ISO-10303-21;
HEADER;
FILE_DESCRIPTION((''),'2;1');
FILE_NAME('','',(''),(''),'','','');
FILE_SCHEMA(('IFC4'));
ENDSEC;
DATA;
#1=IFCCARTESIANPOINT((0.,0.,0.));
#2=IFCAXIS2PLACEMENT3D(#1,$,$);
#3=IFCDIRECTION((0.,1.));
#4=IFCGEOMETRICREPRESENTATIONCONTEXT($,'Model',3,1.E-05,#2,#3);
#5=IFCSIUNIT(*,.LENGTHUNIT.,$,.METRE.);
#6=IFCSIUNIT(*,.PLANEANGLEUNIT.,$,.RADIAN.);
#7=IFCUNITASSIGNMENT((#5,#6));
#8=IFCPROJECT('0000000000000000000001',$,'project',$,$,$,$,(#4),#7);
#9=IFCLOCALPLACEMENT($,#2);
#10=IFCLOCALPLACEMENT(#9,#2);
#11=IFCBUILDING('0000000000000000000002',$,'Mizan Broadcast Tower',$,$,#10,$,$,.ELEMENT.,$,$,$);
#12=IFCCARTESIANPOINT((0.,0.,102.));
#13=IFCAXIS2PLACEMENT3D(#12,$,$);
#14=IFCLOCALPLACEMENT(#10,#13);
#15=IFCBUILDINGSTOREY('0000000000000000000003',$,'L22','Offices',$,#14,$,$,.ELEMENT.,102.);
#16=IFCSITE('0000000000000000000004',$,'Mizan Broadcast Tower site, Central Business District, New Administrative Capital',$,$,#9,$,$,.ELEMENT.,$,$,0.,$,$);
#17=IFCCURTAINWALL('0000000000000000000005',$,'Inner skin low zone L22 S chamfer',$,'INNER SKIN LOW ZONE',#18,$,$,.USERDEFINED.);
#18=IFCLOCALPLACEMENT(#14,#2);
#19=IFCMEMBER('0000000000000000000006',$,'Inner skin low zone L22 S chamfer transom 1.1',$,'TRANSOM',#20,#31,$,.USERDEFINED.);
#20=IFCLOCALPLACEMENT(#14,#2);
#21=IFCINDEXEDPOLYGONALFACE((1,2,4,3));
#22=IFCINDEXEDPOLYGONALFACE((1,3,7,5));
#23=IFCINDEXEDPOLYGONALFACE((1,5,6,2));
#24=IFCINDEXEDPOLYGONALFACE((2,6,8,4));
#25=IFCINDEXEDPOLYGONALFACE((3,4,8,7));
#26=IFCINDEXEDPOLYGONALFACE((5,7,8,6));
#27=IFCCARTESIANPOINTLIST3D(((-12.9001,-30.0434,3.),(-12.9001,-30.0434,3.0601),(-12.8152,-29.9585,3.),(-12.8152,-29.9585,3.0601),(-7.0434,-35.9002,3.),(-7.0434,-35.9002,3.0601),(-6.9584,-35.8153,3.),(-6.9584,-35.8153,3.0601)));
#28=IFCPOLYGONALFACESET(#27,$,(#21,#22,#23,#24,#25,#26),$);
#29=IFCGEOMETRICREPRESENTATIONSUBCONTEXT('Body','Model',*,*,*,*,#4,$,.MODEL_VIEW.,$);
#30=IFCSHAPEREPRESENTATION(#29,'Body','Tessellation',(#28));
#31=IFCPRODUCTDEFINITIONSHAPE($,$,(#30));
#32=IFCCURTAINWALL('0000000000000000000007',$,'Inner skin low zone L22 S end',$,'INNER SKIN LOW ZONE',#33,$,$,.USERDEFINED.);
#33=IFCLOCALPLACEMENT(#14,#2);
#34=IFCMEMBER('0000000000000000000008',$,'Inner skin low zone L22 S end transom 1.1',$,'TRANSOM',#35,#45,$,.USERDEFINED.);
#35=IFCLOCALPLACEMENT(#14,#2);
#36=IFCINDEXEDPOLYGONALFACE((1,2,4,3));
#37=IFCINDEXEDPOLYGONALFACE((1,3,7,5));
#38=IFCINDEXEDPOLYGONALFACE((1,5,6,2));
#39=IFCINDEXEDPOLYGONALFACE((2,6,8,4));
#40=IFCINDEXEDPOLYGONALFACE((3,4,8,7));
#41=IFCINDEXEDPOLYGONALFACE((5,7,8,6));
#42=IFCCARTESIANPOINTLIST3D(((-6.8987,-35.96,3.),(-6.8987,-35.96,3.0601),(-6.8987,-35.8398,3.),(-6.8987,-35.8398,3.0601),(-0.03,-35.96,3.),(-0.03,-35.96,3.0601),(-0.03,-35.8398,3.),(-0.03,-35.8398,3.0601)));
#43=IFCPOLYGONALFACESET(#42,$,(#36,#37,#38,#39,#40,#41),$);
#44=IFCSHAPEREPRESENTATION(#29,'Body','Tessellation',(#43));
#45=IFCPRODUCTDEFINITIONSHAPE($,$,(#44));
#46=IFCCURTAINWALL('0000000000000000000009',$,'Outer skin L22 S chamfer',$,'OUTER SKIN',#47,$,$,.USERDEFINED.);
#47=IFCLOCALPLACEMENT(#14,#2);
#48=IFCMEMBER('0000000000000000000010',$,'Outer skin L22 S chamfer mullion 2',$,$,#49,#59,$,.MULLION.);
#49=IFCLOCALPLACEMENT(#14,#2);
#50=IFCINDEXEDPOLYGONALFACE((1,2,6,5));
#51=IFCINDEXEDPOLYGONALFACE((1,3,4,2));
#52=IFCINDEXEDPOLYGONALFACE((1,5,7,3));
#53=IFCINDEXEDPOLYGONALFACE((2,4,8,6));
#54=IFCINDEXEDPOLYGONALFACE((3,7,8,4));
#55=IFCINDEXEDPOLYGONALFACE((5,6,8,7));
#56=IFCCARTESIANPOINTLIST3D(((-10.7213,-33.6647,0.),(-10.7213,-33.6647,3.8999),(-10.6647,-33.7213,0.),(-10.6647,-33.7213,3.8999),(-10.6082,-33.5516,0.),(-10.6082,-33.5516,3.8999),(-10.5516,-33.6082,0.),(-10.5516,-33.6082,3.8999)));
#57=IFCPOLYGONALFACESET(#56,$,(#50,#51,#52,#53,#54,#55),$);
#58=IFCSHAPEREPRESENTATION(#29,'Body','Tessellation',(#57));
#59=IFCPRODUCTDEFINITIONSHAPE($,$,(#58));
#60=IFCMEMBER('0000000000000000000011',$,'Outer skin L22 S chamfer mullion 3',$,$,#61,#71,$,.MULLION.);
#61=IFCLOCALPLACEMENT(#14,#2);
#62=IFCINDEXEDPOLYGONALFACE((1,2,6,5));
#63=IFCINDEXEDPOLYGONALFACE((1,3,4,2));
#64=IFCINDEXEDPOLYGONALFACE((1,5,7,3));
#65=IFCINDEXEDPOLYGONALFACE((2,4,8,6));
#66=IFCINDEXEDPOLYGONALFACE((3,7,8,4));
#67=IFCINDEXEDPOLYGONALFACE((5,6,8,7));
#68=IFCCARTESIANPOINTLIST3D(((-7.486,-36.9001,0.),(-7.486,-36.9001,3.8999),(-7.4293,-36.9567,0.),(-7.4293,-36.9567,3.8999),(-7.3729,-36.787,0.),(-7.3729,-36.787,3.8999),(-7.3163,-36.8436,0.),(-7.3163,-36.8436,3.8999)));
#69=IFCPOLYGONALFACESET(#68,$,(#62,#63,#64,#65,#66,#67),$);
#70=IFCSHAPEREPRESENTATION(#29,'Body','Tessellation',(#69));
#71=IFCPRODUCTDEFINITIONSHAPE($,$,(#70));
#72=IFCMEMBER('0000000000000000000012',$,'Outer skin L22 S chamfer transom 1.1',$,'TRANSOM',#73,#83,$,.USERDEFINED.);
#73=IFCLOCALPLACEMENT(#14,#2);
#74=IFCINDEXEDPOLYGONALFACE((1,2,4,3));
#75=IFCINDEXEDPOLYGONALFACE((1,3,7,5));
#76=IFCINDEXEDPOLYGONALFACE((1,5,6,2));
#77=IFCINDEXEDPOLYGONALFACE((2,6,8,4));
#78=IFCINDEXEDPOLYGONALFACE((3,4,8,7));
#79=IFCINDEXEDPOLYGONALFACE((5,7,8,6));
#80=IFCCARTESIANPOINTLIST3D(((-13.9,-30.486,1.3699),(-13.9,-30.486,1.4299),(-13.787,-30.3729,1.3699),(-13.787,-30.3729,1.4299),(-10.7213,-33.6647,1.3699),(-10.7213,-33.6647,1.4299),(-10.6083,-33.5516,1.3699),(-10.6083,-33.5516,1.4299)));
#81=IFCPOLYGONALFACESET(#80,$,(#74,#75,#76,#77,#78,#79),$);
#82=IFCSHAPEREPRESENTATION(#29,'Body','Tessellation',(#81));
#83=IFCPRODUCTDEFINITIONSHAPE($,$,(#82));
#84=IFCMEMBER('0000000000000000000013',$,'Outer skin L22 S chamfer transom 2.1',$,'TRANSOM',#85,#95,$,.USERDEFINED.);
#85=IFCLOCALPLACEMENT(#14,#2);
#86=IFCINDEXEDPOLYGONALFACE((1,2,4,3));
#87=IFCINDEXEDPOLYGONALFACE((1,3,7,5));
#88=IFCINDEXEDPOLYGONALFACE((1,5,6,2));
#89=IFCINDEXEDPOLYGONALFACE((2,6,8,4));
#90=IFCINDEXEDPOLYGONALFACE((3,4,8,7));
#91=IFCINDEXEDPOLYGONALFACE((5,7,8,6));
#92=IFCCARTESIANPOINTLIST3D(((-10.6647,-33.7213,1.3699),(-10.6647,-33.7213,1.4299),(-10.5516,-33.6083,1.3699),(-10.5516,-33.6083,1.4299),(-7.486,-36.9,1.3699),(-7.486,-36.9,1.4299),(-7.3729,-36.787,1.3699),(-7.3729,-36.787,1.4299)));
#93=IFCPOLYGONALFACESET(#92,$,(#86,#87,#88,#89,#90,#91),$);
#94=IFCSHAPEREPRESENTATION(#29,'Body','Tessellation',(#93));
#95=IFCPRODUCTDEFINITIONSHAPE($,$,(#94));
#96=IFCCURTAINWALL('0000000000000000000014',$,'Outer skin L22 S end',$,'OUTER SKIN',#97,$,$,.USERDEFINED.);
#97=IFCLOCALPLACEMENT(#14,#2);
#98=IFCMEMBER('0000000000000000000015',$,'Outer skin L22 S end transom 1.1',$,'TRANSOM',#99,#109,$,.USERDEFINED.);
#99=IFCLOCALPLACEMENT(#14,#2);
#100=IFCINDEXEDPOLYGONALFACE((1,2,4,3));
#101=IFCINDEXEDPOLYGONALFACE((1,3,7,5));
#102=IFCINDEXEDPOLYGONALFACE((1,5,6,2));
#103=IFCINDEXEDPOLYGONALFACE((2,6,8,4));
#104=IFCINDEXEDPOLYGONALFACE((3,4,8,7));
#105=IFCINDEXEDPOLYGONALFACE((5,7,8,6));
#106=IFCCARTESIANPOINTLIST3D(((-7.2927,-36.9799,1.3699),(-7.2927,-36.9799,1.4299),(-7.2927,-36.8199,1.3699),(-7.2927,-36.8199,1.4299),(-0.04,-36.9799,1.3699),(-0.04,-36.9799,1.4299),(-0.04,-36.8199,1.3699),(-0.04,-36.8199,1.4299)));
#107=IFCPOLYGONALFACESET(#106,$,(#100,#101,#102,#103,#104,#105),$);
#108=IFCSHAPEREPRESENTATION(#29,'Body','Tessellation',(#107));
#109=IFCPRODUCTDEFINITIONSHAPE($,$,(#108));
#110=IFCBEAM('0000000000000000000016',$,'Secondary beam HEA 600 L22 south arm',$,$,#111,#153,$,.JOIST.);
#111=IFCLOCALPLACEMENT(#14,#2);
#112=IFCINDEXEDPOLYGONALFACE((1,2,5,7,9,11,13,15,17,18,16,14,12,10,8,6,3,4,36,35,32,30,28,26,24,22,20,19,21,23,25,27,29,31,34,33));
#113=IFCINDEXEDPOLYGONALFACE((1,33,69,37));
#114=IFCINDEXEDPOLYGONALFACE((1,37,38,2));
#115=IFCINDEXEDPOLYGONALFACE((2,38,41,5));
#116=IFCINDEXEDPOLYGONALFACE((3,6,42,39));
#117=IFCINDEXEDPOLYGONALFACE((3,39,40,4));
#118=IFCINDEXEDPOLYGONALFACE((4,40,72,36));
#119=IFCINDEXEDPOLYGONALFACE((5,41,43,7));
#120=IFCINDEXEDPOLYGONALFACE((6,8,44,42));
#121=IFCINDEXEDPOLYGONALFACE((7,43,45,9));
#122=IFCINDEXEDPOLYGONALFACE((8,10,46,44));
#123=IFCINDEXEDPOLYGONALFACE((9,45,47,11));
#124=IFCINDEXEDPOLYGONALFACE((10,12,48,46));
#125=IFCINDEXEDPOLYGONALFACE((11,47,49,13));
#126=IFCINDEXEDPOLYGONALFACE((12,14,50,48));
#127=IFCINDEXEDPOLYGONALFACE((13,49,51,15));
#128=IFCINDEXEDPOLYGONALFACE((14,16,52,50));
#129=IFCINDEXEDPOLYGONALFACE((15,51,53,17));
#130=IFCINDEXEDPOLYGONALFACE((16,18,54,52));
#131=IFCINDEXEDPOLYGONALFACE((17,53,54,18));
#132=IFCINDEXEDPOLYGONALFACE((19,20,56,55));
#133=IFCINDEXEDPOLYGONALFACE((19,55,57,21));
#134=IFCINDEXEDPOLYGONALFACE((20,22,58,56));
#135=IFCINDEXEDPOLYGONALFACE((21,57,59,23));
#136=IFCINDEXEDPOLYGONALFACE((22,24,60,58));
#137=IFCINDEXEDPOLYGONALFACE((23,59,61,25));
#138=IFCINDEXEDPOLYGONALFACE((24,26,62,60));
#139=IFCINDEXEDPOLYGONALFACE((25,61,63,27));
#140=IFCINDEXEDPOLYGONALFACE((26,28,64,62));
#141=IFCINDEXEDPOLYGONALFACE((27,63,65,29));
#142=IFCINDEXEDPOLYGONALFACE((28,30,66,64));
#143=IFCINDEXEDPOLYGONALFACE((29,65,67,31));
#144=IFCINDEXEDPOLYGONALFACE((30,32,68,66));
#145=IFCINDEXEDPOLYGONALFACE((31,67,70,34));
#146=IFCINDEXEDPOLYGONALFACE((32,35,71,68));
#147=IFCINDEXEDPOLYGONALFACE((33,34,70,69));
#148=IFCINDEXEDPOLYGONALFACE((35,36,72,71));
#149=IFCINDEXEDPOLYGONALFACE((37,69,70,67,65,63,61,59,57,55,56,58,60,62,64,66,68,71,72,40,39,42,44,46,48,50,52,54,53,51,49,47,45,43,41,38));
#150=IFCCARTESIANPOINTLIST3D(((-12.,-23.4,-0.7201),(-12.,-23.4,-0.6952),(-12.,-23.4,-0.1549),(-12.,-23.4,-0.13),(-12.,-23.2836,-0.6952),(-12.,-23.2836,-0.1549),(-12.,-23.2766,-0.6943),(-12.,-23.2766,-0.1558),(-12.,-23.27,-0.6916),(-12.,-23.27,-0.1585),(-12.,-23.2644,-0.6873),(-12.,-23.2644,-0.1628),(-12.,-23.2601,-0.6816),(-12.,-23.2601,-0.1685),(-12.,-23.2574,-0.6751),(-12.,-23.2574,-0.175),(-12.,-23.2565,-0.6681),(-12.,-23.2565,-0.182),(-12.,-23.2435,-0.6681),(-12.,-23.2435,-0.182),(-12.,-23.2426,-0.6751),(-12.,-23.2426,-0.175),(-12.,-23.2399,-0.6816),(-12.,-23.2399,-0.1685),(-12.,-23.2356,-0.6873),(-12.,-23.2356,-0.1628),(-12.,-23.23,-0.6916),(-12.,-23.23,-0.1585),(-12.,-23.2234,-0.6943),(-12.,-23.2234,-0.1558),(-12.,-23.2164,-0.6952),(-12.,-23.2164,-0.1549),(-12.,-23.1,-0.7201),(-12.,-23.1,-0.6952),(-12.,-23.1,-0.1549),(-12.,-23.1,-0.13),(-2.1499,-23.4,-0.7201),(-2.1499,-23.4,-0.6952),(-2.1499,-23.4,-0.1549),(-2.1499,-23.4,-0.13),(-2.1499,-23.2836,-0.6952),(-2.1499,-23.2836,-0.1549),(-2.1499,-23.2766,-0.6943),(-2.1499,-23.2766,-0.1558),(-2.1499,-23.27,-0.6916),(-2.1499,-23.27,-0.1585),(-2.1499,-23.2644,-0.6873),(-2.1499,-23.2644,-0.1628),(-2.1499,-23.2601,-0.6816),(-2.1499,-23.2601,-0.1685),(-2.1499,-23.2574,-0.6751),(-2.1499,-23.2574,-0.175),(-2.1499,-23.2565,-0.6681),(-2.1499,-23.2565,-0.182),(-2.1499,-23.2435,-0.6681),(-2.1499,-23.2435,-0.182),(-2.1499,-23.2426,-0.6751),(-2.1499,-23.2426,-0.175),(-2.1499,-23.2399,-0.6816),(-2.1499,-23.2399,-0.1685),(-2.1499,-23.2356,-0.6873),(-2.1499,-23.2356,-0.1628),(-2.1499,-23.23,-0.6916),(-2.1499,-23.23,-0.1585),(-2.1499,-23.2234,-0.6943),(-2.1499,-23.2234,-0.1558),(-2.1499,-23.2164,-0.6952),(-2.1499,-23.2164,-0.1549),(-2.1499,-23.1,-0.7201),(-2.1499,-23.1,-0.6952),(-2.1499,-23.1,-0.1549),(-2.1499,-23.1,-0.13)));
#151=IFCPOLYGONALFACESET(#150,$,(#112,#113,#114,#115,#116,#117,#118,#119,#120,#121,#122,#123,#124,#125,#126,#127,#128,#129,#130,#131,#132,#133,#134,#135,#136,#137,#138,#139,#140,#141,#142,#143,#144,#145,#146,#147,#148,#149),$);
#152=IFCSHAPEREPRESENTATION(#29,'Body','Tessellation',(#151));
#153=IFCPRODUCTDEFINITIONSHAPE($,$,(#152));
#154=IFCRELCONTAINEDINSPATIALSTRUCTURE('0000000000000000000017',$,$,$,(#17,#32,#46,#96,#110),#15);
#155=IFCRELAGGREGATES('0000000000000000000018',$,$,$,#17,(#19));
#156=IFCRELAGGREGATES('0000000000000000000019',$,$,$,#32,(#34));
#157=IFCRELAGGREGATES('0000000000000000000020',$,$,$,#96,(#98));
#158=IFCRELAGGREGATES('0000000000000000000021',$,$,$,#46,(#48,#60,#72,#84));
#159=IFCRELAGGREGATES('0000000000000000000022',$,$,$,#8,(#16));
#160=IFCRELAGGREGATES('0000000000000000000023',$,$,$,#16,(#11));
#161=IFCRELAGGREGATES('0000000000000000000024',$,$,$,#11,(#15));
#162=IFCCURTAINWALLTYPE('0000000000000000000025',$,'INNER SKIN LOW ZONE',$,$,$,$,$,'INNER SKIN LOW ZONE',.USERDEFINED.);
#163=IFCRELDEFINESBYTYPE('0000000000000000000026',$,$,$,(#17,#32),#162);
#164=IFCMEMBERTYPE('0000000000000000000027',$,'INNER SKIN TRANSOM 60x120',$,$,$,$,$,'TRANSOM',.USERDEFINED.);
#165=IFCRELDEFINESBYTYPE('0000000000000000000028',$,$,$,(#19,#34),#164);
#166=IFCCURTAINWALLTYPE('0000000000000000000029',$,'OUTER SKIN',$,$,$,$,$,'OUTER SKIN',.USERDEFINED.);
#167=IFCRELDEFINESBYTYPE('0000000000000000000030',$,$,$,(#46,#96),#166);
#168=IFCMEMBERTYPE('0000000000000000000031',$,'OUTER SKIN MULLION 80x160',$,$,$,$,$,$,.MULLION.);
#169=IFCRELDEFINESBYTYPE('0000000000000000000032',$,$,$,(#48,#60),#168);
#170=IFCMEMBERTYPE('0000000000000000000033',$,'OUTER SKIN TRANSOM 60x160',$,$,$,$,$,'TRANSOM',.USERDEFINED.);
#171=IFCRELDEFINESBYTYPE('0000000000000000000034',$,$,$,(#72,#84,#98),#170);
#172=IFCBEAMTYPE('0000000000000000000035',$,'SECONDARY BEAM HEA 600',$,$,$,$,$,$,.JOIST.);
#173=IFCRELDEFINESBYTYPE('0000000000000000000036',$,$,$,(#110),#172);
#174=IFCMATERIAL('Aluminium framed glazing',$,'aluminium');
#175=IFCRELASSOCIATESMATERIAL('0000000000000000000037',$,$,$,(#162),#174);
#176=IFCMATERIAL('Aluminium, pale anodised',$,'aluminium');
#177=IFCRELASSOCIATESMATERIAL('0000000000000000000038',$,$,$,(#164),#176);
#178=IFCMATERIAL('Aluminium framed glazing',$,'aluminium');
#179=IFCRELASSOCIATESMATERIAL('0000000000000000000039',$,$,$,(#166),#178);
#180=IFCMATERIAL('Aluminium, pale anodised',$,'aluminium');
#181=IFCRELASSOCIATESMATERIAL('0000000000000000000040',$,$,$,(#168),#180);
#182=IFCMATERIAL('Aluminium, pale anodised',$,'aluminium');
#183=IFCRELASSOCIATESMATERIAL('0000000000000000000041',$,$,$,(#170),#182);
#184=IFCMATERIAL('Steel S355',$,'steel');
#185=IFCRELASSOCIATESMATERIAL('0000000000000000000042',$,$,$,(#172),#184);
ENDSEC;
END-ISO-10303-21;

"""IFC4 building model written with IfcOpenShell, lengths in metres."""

from ifc_helpers import new_model, si_unit, direction, frame, origin, origin_2d, place, context, subcontext, project, spatial, rectangle, i_section, extrude, material, material_profile, profile_set, type_object, element, aggregate, save


model = new_model("IFC4")

# Units and contexts
model_context = context("Model", 3, precision=1e-05, world=origin(), true_north=direction((0.0, 1.0)))
body_context = subcontext(model_context, "Body", "Model", "MODEL_VIEW")
ifc_project = project(units=[si_unit("LENGTHUNIT", "METRE"), si_unit("PLANEANGLEUNIT", "RADIAN")], contexts=[model_context])

# Site, building, storey
site_placement = place(None, origin())
site = spatial("IfcSite", under=ifc_project, at=site_placement, Name="Mizan Broadcast Tower site, Central Business District, New Administrative Capital", CompositionType="ELEMENT", RefElevation=0.0)
building_placement = place(site_placement, origin())
building = spatial("IfcBuilding", under=site, at=building_placement, Name="Mizan Broadcast Tower", CompositionType="ELEMENT")
storey_placement = place(building_placement, frame((0.0, 0.0, 102.0)))
storey = spatial("IfcBuildingStorey", under=building, at=storey_placement, Name="L22", Description="Offices", CompositionType="ELEMENT", Elevation=102.0)

# Shared definitions
ifc_material_1 = material(Name="Aluminium framed glazing", Category="aluminium")
curtain_wall_type_1 = type_object("IfcCurtainWallType", Name="INNER SKIN LOW ZONE", ElementType="INNER SKIN LOW ZONE", PredefinedType="USERDEFINED", material=ifc_material_1)

# Curtain wall
curtain_wall_1_placement = place(storey_placement, origin())
curtain_wall_1 = element("IfcCurtainWall", 1, at=curtain_wall_1_placement, inside=storey, type_object=curtain_wall_type_1, Name="Inner skin low zone L22 S chamfer", ObjectType="INNER SKIN LOW ZONE", PredefinedType="USERDEFINED")

# Member
ifc_material_2 = material(Name="Aluminium, pale anodised", Category="aluminium")
ifc_material_profile_1 = material_profile(ifc_material_2, rectangle(XDim=0.1201, YDim=0.0601, at=origin_2d()), Name="TRANSOM 120x60")
ifc_profile_set_1 = profile_set([ifc_material_profile_1], Name="Aluminium, pale anodised")
member_type_1 = type_object("IfcMemberType", Name="INNER SKIN TRANSOM 60x120", ElementType="TRANSOM", PredefinedType="USERDEFINED", material=ifc_profile_set_1)
member_1_placement = place(storey_placement, frame((-12.8577, -30.001, 3.03), z_axis=(0.707107, -0.707107, 0.0), x_axis=(0.707107, 0.707107, 0.0)))
member_1 = element("IfcMember", 2, at=member_1_placement, type_object=member_type_1, Name="Inner skin low zone L22 S chamfer transom 1.1", ObjectType="TRANSOM", PredefinedType="USERDEFINED", context=body_context, shape_type="SweptSolid", body=[
    extrude(rectangle(XDim=0.1201, YDim=0.0601, at=origin_2d()), origin(), (0.0, 0.0, 1.0), 8.2827),
])

# Curtain wall, member
curtain_wall_2_placement = place(storey_placement, origin())
curtain_wall_2 = element("IfcCurtainWall", 3, at=curtain_wall_2_placement, inside=storey, type_object=curtain_wall_type_1, Name="Inner skin low zone L22 S end", ObjectType="INNER SKIN LOW ZONE", PredefinedType="USERDEFINED")
member_2_placement = place(storey_placement, frame((-6.8987, -35.8999, 3.03), z_axis=(1.0, 0.0, 0.0), x_axis=(0.0, 1.0, 0.0)))
member_2 = element("IfcMember", 4, at=member_2_placement, type_object=member_type_1, Name="Inner skin low zone L22 S end transom 1.1", ObjectType="TRANSOM", PredefinedType="USERDEFINED", context=body_context, shape_type="SweptSolid", body=[
    extrude(rectangle(XDim=0.1201, YDim=0.0601, at=origin_2d()), origin(), (0.0, 0.0, 1.0), 6.8687),
])

# Curtain wall, members
ifc_material_3 = material(Name="Aluminium framed glazing", Category="aluminium")
curtain_wall_type_2 = type_object("IfcCurtainWallType", Name="OUTER SKIN", ElementType="OUTER SKIN", PredefinedType="USERDEFINED", material=ifc_material_3)
curtain_wall_3_placement = place(storey_placement, origin())
curtain_wall_3 = element("IfcCurtainWall", 5, at=curtain_wall_3_placement, inside=storey, type_object=curtain_wall_type_2, Name="Outer skin L22 S chamfer", ObjectType="OUTER SKIN", PredefinedType="USERDEFINED")
ifc_material_4 = material(Name="Aluminium, pale anodised", Category="aluminium")
ifc_material_profile_2 = material_profile(ifc_material_4, rectangle(XDim=0.1599, YDim=0.0801, at=origin_2d()), Name="MULLION 160x80")
ifc_profile_set_2 = profile_set([ifc_material_profile_2], Name="Aluminium, pale anodised")
member_type_2 = type_object("IfcMemberType", Name="OUTER SKIN MULLION 80x160", PredefinedType="MULLION", material=ifc_profile_set_2)
member_3_placement = place(storey_placement, frame((-10.6365, -33.6365, 0.0), z_axis=(0.0, 0.0, 1.0), x_axis=(0.707107, 0.707107, 0.0)))
member_3 = element("IfcMember", 6, at=member_3_placement, type_object=member_type_2, Name="Outer skin L22 S chamfer mullion 2", PredefinedType="MULLION", context=body_context, shape_type="SweptSolid", body=[
    extrude(rectangle(XDim=0.1599, YDim=0.0801, at=origin_2d()), origin(), (0.0, 0.0, 1.0), 3.8999),
])
member_4_placement = place(storey_placement, frame((-7.4011, -36.8718, 0.0), z_axis=(0.0, 0.0, 1.0), x_axis=(0.707107, 0.707107, 0.0)))
member_4 = element("IfcMember", 7, at=member_4_placement, type_object=member_type_2, Name="Outer skin L22 S chamfer mullion 3", PredefinedType="MULLION", context=body_context, shape_type="SweptSolid", body=[
    extrude(rectangle(XDim=0.1599, YDim=0.0801, at=origin_2d()), origin(), (0.0, 0.0, 1.0), 3.8999),
])
ifc_material_5 = material(Name="Aluminium, pale anodised", Category="aluminium")
ifc_material_profile_3 = material_profile(ifc_material_5, rectangle(XDim=0.1599, YDim=0.0601, at=origin_2d()), Name="TRANSOM 160x60")
ifc_profile_set_3 = profile_set([ifc_material_profile_3], Name="Aluminium, pale anodised")
member_type_3 = type_object("IfcMemberType", Name="OUTER SKIN TRANSOM 60x160", ElementType="TRANSOM", PredefinedType="USERDEFINED", material=ifc_profile_set_3)
member_5_placement = place(storey_placement, frame((-13.8435, -30.4294, 1.3999), z_axis=(0.707107, -0.707107, 0.0), x_axis=(0.707107, 0.707107, 0.0)))
member_5 = element("IfcMember", 8, at=member_5_placement, type_object=member_type_3, Name="Outer skin L22 S chamfer transom 1.1", ObjectType="TRANSOM", PredefinedType="USERDEFINED", context=body_context, shape_type="SweptSolid", body=[
    extrude(rectangle(XDim=0.1599, YDim=0.0601, at=origin_2d()), origin(), (0.0, 0.0, 1.0), 4.4954),
])
member_6_placement = place(storey_placement, frame((-10.6082, -33.6648, 1.3999), z_axis=(0.707107, -0.707107, 0.0), x_axis=(0.707107, 0.707107, 0.0)))
member_6 = element("IfcMember", 9, at=member_6_placement, type_object=member_type_3, Name="Outer skin L22 S chamfer transom 2.1", ObjectType="TRANSOM", PredefinedType="USERDEFINED", context=body_context, shape_type="SweptSolid", body=[
    extrude(rectangle(XDim=0.1599, YDim=0.0601, at=origin_2d()), origin(), (0.0, 0.0, 1.0), 4.4954),
])

# Curtain wall, member
curtain_wall_4_placement = place(storey_placement, origin())
curtain_wall_4 = element("IfcCurtainWall", 10, at=curtain_wall_4_placement, inside=storey, type_object=curtain_wall_type_2, Name="Outer skin L22 S end", ObjectType="OUTER SKIN", PredefinedType="USERDEFINED")
member_7_placement = place(storey_placement, frame((-7.2927, -36.8999, 1.3999), z_axis=(1.0, 0.0, 0.0), x_axis=(0.0, 1.0, 0.0)))
member_7 = element("IfcMember", 11, at=member_7_placement, type_object=member_type_3, Name="Outer skin L22 S end transom 1.1", ObjectType="TRANSOM", PredefinedType="USERDEFINED", context=body_context, shape_type="SweptSolid", body=[
    extrude(rectangle(XDim=0.1599, YDim=0.0601, at=origin_2d()), origin(), (0.0, 0.0, 1.0), 7.2527),
])

# Beam
ifc_material_6 = material(Name="Steel S355", Category="steel")
ifc_material_profile_4 = material_profile(ifc_material_6, i_section(OverallWidth=0.3, OverallDepth=0.5901, WebThickness=0.0129, FlangeThickness=0.0249, FilletRadius=0.0271, at=origin_2d()), Name="HEA 600")
ifc_profile_set_4 = profile_set([ifc_material_profile_4], Name="Steel S355")
beam_type_1 = type_object("IfcBeamType", Name="SECONDARY BEAM HEA 600", PredefinedType="JOIST", material=ifc_profile_set_4)
beam_1_placement = place(storey_placement, frame((-12.0, -23.25, -0.425), z_axis=(1.0, 0.0, 0.0), x_axis=(0.0, 1.0, 0.0)))
element("IfcBeam", 12, at=beam_1_placement, inside=storey, type_object=beam_type_1, Name="Secondary beam HEA 600 L22 south arm", PredefinedType="JOIST", context=body_context, shape_type="SweptSolid", body=[
    extrude(i_section(OverallWidth=0.3, OverallDepth=0.5901, WebThickness=0.0129, FlangeThickness=0.0249, FilletRadius=0.0271, at=origin_2d()), origin(), (0.0, 0.0, 1.0), 9.8501),
])

aggregate(curtain_wall_1, [member_1])
aggregate(curtain_wall_2, [member_2])
aggregate(curtain_wall_4, [member_7])
aggregate(curtain_wall_3, [member_3, member_4, member_5, member_6])

save(model, "model.ifc")
